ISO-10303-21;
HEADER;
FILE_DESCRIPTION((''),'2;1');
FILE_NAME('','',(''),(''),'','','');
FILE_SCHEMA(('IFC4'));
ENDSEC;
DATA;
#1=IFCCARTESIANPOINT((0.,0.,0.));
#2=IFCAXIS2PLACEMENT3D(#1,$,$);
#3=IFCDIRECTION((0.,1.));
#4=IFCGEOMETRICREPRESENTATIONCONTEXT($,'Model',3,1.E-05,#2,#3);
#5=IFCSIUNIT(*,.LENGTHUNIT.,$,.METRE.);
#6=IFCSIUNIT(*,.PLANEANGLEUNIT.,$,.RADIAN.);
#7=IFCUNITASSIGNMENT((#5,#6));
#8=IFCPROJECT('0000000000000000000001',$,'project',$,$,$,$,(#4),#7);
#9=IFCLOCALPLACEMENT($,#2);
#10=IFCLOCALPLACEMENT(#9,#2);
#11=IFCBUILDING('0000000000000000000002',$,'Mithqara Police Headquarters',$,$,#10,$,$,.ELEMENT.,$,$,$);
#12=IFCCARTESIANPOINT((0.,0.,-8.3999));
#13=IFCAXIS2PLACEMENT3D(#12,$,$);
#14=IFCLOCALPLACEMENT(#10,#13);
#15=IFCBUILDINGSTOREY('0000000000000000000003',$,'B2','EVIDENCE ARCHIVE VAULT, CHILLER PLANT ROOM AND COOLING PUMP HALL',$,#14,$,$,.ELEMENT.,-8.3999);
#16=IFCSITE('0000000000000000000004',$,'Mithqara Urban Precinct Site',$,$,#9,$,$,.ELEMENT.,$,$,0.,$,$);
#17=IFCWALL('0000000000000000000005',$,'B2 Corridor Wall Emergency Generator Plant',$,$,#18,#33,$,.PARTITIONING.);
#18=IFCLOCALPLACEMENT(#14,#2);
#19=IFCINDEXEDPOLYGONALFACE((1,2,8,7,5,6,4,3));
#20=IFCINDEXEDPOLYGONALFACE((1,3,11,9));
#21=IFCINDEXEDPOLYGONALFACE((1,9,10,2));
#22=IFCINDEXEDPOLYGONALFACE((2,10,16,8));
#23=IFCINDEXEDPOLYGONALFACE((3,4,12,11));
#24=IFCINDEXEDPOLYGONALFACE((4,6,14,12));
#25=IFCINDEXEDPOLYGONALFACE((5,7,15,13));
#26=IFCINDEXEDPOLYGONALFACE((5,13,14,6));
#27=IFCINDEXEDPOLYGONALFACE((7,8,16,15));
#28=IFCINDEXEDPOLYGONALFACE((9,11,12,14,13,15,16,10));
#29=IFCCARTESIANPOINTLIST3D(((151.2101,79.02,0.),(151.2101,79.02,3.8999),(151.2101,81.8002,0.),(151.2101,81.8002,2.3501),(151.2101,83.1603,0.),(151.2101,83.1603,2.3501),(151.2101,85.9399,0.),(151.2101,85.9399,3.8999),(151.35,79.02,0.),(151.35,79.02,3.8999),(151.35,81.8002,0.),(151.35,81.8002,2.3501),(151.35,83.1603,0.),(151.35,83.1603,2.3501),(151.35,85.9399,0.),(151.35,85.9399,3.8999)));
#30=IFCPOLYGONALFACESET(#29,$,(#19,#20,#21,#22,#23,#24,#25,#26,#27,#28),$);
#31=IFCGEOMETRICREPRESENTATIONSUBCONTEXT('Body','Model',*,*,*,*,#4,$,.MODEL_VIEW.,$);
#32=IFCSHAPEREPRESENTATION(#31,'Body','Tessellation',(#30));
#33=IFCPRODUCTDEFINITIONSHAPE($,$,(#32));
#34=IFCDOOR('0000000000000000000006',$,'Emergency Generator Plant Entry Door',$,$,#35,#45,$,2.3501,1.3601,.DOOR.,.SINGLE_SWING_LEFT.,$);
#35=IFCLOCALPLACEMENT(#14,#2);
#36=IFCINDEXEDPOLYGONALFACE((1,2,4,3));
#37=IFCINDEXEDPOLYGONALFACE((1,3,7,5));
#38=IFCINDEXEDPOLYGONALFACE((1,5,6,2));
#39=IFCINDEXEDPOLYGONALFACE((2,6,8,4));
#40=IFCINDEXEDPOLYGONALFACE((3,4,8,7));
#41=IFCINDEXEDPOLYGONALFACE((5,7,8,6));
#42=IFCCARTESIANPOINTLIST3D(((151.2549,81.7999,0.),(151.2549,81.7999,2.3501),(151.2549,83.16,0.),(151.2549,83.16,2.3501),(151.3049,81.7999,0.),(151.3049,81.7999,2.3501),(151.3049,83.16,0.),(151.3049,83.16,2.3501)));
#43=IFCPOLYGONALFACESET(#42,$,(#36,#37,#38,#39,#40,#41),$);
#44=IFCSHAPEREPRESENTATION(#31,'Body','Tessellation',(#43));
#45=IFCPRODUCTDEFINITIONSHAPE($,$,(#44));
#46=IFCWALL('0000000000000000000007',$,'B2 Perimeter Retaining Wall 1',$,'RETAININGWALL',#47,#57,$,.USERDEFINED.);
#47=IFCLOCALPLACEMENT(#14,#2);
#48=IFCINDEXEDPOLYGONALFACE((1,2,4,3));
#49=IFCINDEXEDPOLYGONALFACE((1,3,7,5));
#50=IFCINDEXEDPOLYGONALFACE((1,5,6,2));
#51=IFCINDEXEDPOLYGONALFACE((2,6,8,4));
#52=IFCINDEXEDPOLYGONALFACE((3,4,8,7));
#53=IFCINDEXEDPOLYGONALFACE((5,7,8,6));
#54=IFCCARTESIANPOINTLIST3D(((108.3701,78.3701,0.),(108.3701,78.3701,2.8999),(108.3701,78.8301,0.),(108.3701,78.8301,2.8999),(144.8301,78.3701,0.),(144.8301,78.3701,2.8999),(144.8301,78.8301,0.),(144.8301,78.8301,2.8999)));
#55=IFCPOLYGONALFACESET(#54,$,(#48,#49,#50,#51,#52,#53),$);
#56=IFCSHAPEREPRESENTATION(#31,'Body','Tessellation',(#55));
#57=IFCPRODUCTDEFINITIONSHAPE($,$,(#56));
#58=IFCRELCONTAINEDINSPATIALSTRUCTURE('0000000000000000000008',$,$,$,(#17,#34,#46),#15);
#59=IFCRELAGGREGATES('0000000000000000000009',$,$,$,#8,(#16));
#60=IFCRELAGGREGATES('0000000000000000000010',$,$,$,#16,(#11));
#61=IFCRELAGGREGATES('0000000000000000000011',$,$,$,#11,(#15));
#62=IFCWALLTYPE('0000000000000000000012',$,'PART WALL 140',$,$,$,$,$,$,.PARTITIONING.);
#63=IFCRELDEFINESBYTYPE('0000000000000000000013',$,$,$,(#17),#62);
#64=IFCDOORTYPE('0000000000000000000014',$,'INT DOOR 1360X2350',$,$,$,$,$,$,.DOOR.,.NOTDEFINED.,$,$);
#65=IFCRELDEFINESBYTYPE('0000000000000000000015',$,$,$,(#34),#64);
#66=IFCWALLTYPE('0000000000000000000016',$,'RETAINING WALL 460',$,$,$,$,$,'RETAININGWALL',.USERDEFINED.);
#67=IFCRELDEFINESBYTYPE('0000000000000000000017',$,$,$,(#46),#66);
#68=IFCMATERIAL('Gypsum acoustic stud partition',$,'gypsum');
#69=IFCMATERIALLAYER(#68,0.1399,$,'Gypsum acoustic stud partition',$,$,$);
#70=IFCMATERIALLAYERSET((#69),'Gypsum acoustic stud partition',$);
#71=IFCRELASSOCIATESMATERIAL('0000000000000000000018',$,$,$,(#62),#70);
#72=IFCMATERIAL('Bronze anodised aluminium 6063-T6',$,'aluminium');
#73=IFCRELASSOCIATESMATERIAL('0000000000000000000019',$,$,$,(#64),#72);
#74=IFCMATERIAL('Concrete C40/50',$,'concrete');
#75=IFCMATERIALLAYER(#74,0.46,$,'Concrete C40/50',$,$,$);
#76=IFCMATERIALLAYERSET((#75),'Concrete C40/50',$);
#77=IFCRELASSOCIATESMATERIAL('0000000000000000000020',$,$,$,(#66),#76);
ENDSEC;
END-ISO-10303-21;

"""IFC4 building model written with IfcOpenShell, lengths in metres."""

from ifc_helpers import new_model, si_unit, direction, frame, frame_2d, origin, place, context, subcontext, project, spatial, rectangle, extrude, material, layer, layer_set, type_object, element, fill, save


model = new_model("IFC4")

# Units and contexts
model_context = context("Model", 3, precision=1e-05, world=origin(), true_north=direction((0.0, 1.0)))
body_context = subcontext(model_context, "Body", "Model", "MODEL_VIEW")
ifc_project = project(units=[si_unit("LENGTHUNIT", "METRE"), si_unit("PLANEANGLEUNIT", "RADIAN")], contexts=[model_context])

# Site, building, storey
site_placement = place(None, origin())
site = spatial("IfcSite", under=ifc_project, at=site_placement, Name="Mithqara Urban Precinct Site", CompositionType="ELEMENT", RefElevation=0.0)
building_placement = place(site_placement, origin())
building = spatial("IfcBuilding", under=site, at=building_placement, Name="Mithqara Police Headquarters", CompositionType="ELEMENT")
storey_placement = place(building_placement, frame((0.0, 0.0, -8.3999)))
storey = spatial("IfcBuildingStorey", under=building, at=storey_placement, Name="B2", Description="EVIDENCE ARCHIVE VAULT, CHILLER PLANT ROOM AND COOLING PUMP HALL", CompositionType="ELEMENT", Elevation=-8.3999)

# Shared definitions
ifc_material_1 = material(Name="Concrete C40/50", Category="concrete")

# Wall, opening, door
ifc_material_2 = material(Name="Gypsum acoustic stud partition", Category="gypsum")
ifc_layer_1 = layer(ifc_material_2, 0.1399, Name="Gypsum acoustic stud partition")
ifc_layer_set_1 = layer_set([ifc_layer_1], Name="Gypsum acoustic stud partition")
wall_type_1 = type_object("IfcWallType", Name="PART WALL 140", PredefinedType="PARTITIONING", material=ifc_layer_set_1)
wall_1_placement = place(storey_placement, frame((151.28, 79.02, 0.0), z_axis=(0.0, 0.0, 1.0), x_axis=(0.0, 1.0, 0.0)))
wall_1 = element("IfcWall", 1, at=wall_1_placement, inside=storey, type_object=wall_type_1, Name="B2 Corridor Wall Emergency Generator Plant", PredefinedType="PARTITIONING", context=body_context, shape_type="SweptSolid", body=[
    extrude(rectangle(XDim=6.9199, YDim=0.1399, at=frame_2d((3.46, 0.0))), origin(), (0.0, 0.0, 1.0), 3.8999),
])
opening_placement = place(wall_1_placement, frame((2.78, 0.0, 0.0)))
opening = element("IfcOpeningElement", 2, at=opening_placement, cuts=wall_1, PredefinedType="OPENING", context=body_context, shape_type="SweptSolid", body=[
    extrude(rectangle(XDim=1.3601, YDim=2.3501, at=frame_2d((0.6802, 1.175))), frame((0.0, 0.0801, 0.0), z_axis=(0.0, -1.0, 0.0), x_axis=(1.0, 0.0, 0.0)), (0.0, 0.0, 1.0), 0.1599),
])
ifc_material_3 = material(Name="Bronze anodised aluminium 6063-T6", Category="aluminium")
door_type = type_object("IfcDoorType", Name="INT DOOR 1360X2350", OperationType="NOTDEFINED", PredefinedType="DOOR", material=ifc_material_3)
door_placement = place(opening_placement, frame((1.3601, 0.0, 0.0), z_axis=(0.0, 0.0, 1.0), x_axis=(-1.0, 0.0, 0.0)))
door = element("IfcDoor", 3, at=door_placement, inside=storey, type_object=door_type, Name="Emergency Generator Plant Entry Door", OperationType="SINGLE_SWING_LEFT", OverallHeight=2.3501, OverallWidth=1.3601, PredefinedType="DOOR", context=body_context, shape_type="SweptSolid", body=[
    extrude(rectangle(XDim=1.3601, YDim=2.3501, at=frame_2d((0.6802, 1.175))), frame((0.0, 0.0249, 0.0), z_axis=(0.0, -1.0, 0.0), x_axis=(1.0, 0.0, 0.0)), (0.0, 0.0, 1.0), 0.05),
])
fill(opening, door)

# Wall
ifc_layer_2 = layer(ifc_material_1, 0.46, Name="Concrete C40/50")
ifc_layer_set_2 = layer_set([ifc_layer_2], Name="Concrete C40/50")
wall_type_2 = type_object("IfcWallType", Name="RETAINING WALL 460", ElementType="RETAININGWALL", PredefinedType="USERDEFINED", material=ifc_layer_set_2)
wall_2_placement = place(storey_placement, frame((144.8301, 78.6001, 0.0), z_axis=(0.0, 0.0, 1.0), x_axis=(-1.0, 0.0, 0.0)))
element("IfcWall", 4, at=wall_2_placement, inside=storey, type_object=wall_type_2, Name="B2 Perimeter Retaining Wall 1", ObjectType="RETAININGWALL", PredefinedType="USERDEFINED", context=body_context, shape_type="SweptSolid", body=[
    extrude(rectangle(XDim=36.46, YDim=0.46, at=frame_2d((18.23, 0.0))), origin(), (0.0, 0.0, 1.0), 2.8999),
])

save(model, "model.ifc")
